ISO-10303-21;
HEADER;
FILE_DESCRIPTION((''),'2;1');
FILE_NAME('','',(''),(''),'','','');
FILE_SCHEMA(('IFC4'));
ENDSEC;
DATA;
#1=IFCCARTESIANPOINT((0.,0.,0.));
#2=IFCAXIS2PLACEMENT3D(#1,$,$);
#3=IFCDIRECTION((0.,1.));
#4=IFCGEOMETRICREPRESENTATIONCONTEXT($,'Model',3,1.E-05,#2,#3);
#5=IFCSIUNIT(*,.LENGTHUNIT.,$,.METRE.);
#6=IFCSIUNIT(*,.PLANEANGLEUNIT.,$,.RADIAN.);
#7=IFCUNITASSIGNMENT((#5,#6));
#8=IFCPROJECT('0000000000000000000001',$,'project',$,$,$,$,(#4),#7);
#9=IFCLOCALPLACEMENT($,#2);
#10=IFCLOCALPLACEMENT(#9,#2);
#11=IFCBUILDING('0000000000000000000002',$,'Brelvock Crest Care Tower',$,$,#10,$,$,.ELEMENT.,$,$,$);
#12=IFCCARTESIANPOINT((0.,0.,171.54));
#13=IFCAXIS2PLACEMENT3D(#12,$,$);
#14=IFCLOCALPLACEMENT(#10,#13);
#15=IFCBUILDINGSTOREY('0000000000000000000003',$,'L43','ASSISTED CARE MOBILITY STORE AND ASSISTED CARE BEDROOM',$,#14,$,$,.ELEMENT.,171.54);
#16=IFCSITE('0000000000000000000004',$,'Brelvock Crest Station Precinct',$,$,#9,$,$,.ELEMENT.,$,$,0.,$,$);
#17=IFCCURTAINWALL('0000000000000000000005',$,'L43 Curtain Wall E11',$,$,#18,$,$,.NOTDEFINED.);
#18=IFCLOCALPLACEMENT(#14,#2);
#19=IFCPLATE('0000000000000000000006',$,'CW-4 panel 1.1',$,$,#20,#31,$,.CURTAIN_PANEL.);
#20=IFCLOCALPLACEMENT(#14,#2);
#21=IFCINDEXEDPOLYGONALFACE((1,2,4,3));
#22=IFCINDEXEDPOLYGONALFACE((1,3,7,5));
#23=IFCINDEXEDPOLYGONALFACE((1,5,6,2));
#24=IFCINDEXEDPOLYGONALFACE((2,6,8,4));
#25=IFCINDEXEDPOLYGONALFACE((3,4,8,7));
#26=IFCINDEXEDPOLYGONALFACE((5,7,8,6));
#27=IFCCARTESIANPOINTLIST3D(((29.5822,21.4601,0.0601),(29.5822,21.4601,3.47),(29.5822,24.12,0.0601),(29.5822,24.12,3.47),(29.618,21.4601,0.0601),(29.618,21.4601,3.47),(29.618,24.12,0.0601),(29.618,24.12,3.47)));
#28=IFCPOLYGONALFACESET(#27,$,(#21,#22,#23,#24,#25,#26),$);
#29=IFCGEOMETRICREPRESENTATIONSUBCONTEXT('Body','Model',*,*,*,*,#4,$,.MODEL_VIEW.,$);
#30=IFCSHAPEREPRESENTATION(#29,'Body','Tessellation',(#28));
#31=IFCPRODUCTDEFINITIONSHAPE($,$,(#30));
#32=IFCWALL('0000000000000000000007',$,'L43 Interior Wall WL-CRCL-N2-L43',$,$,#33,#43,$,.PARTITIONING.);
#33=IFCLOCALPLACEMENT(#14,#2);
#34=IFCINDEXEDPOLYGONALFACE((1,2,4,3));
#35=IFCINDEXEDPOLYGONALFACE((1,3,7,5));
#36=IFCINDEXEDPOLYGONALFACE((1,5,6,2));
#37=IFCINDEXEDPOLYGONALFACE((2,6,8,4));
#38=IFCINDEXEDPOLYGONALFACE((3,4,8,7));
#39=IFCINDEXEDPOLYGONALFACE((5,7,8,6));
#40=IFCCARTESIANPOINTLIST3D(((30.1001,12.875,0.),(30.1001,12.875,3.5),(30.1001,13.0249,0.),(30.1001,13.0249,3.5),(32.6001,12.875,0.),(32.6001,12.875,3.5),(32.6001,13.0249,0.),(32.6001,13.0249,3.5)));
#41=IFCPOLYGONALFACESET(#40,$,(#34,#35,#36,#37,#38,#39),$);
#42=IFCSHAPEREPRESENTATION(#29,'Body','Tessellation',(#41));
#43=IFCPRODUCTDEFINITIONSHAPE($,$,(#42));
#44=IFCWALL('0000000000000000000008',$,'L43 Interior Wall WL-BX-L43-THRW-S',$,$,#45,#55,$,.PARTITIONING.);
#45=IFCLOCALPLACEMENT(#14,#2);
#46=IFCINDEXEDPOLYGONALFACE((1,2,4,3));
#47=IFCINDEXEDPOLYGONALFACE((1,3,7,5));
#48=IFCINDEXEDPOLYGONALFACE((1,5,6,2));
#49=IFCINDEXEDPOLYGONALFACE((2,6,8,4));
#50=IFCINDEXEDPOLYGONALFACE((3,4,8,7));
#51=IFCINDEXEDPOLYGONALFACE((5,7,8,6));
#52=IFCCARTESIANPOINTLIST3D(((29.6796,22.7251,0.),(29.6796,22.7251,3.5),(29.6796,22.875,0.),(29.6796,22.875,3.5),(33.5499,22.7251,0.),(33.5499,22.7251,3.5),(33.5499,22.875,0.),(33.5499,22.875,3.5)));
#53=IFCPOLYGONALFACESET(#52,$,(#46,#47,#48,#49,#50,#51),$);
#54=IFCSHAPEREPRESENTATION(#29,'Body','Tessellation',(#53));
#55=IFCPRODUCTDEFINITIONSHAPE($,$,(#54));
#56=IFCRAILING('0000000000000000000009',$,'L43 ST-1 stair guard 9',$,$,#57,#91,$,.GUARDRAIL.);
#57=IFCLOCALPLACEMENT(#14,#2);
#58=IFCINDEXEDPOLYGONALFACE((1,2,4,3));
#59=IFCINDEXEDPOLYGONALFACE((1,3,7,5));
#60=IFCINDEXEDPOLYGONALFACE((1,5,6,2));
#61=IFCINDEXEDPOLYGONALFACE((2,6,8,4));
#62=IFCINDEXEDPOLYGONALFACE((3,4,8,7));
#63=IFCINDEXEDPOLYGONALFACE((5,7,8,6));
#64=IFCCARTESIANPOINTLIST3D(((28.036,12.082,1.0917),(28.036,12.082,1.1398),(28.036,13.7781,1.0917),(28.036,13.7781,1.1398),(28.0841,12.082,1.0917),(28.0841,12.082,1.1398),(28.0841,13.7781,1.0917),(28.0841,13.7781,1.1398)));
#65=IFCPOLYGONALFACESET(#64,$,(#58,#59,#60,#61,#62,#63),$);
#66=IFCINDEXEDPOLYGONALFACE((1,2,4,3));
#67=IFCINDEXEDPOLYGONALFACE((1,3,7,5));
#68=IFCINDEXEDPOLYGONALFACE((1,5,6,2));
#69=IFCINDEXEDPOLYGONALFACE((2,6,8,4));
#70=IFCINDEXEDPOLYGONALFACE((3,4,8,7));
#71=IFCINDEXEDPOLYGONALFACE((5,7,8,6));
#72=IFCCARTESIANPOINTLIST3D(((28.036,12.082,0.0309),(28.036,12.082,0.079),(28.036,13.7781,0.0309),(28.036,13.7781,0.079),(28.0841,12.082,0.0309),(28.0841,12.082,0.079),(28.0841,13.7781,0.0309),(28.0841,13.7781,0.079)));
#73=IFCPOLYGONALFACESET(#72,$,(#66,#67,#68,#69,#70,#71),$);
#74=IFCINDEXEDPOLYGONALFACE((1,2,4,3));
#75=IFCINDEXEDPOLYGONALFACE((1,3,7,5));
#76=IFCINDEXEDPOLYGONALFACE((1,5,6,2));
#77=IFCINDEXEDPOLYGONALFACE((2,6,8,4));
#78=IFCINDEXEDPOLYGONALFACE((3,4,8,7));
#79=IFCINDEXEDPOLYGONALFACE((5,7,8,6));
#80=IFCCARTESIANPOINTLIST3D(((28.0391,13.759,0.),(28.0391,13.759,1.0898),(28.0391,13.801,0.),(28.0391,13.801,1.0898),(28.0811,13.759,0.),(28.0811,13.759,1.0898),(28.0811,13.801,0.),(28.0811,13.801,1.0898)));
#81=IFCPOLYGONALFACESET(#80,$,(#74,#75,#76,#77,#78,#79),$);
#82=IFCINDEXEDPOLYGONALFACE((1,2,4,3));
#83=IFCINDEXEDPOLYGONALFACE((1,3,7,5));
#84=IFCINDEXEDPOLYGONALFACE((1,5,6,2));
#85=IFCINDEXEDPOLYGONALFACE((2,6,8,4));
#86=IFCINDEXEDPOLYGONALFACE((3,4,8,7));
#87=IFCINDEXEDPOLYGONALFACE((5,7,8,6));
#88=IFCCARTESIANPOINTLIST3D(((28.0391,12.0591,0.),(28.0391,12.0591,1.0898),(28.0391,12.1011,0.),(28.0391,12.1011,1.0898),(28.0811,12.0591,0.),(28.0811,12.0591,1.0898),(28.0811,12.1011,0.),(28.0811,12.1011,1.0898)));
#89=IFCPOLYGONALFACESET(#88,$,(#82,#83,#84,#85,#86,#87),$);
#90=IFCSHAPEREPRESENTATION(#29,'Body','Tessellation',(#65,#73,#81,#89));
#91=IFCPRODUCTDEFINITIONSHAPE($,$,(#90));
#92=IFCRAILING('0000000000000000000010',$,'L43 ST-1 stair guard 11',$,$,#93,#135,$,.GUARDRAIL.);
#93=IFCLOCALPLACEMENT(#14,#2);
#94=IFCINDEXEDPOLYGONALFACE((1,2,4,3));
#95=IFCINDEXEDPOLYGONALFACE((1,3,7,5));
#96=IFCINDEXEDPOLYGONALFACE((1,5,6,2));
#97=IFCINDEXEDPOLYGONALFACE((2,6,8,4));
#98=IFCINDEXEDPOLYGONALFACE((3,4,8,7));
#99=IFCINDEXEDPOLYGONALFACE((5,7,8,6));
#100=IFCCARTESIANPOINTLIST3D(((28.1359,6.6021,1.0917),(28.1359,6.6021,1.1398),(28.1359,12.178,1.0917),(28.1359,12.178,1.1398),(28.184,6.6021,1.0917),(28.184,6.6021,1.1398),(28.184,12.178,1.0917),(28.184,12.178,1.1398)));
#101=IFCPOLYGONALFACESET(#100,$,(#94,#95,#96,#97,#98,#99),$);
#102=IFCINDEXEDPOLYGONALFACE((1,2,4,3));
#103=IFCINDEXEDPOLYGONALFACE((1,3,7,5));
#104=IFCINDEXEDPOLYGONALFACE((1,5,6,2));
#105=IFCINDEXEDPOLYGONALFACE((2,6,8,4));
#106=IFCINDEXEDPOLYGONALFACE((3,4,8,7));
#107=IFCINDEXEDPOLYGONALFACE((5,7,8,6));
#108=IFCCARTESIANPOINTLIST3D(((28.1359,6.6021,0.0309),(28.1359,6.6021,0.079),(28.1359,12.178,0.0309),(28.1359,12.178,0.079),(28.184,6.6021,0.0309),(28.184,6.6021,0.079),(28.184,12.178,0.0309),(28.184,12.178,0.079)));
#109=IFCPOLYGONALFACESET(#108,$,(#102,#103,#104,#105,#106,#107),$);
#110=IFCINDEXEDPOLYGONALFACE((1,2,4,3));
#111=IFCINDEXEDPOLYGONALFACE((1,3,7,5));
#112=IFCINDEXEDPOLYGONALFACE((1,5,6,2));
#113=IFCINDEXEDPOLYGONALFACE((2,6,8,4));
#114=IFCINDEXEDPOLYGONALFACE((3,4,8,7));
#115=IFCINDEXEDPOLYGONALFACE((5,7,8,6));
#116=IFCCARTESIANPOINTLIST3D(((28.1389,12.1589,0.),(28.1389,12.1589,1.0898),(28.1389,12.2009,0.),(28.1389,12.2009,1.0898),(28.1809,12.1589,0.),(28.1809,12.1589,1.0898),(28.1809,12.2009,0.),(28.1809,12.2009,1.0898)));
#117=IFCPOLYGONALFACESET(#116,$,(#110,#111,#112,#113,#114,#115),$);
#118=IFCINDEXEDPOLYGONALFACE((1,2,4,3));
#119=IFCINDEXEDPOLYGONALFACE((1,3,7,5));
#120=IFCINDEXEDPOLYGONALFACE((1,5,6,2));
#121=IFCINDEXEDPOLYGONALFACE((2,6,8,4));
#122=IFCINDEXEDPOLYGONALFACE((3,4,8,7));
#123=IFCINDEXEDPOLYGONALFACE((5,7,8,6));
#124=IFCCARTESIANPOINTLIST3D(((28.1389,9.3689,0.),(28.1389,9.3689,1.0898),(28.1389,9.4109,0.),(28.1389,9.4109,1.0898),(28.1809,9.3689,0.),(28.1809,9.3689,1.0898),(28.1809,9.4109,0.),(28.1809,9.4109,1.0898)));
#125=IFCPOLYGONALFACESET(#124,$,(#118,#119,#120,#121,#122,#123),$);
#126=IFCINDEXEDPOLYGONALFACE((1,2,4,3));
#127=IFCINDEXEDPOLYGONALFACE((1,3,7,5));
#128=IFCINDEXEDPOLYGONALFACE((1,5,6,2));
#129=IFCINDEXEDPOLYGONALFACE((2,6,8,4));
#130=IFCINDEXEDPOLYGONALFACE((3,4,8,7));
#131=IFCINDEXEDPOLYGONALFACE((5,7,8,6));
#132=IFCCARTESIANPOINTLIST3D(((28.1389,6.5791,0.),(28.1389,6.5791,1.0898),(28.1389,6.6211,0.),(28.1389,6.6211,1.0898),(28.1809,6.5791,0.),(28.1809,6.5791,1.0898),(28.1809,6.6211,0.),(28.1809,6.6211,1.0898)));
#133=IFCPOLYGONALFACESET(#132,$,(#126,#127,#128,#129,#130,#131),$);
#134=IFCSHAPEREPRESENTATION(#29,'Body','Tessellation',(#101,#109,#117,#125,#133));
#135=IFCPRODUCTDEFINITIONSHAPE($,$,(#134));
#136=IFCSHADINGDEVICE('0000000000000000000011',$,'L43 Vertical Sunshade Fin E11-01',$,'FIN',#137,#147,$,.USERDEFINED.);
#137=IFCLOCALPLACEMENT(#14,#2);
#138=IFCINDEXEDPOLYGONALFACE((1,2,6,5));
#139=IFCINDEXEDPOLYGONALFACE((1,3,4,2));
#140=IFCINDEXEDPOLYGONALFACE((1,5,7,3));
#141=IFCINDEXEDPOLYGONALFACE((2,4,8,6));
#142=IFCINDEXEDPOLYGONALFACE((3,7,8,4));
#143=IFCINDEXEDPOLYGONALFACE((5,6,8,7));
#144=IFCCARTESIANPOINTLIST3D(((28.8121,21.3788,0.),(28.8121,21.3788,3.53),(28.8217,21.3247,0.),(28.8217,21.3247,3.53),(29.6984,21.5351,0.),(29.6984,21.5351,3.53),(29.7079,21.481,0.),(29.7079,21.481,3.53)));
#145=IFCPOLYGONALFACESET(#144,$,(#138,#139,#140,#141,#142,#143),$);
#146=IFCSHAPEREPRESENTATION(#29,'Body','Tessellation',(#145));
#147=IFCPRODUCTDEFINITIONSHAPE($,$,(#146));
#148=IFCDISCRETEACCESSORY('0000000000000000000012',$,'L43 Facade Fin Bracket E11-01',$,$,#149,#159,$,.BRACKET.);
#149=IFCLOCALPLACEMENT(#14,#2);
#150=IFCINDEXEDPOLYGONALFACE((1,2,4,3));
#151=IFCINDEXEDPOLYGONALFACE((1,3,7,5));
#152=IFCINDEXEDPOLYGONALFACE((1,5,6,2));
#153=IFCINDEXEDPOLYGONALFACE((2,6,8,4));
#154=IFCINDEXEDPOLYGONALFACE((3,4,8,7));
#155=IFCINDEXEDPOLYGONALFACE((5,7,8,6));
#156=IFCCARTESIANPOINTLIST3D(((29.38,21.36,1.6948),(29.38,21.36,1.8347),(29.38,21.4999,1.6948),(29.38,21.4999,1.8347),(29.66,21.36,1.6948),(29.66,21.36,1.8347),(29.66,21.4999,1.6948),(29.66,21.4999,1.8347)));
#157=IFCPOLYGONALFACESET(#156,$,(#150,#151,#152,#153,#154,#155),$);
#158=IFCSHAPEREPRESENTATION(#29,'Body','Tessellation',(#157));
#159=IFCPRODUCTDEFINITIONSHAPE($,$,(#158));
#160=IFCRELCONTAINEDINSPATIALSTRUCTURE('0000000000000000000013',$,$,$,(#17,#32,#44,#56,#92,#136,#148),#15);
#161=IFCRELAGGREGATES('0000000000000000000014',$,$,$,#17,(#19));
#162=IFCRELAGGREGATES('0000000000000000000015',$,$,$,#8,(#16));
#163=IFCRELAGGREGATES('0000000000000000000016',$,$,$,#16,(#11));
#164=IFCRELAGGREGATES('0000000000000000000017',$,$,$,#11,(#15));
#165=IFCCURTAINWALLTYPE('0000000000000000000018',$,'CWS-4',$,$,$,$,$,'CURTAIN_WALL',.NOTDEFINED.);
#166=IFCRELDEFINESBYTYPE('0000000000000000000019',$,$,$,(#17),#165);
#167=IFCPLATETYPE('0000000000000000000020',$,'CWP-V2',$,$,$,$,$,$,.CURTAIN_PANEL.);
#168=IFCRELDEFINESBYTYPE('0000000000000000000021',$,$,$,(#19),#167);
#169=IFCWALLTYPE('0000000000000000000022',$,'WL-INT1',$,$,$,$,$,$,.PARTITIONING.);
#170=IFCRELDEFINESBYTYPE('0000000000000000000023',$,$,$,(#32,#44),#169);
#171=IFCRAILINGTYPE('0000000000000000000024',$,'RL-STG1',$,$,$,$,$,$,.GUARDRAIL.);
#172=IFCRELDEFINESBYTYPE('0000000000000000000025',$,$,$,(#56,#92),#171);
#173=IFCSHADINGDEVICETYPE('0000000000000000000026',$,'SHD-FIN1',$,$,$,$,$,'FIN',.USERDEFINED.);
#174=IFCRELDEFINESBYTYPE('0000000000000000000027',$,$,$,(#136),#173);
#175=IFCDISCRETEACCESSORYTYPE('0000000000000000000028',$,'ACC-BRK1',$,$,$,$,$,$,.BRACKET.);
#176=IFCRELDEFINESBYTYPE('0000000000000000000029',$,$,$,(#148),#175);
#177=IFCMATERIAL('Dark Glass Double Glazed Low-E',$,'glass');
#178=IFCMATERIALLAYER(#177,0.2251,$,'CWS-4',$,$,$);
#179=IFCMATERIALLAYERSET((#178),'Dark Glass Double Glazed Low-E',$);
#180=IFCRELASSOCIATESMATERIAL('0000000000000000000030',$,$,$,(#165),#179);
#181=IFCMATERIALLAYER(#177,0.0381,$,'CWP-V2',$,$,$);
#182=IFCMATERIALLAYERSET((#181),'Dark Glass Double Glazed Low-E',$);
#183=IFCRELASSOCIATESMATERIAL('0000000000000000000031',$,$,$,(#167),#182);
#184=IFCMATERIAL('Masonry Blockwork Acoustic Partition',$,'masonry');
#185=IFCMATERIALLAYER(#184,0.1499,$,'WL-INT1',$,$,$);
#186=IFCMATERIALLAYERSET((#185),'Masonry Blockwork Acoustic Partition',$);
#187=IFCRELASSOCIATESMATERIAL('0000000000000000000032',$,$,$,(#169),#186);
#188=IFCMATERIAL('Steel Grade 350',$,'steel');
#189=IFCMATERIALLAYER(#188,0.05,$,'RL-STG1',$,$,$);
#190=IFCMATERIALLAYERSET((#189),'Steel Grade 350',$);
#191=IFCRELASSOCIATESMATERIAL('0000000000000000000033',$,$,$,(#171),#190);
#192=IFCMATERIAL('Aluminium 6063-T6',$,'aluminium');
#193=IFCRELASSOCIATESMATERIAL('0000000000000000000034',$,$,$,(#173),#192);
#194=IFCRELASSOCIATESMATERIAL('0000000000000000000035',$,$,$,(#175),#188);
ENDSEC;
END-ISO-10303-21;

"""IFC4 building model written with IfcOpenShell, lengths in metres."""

from ifc_helpers import new_model, si_unit, direction, frame, frame_2d, origin, origin_2d, place, context, subcontext, project, spatial, rectangle, extrude, source, transform, mapped, material, layer, layer_set, material_profile, profile_set, type_object, element, aggregate, save


model = new_model("IFC4")

# Units and contexts
model_context = context("Model", 3, precision=1e-05, world=origin(), true_north=direction((0.0, 1.0)))
body_context = subcontext(model_context, "Body", "Model", "MODEL_VIEW")
ifc_project = project(units=[si_unit("LENGTHUNIT", "METRE"), si_unit("PLANEANGLEUNIT", "RADIAN")], contexts=[model_context])

# Site, building, storey
site_placement = place(None, origin())
site = spatial("IfcSite", under=ifc_project, at=site_placement, Name="Brelvock Crest Station Precinct", CompositionType="ELEMENT", RefElevation=0.0)
building_placement = place(site_placement, origin())
building = spatial("IfcBuilding", under=site, at=building_placement, Name="Brelvock Crest Care Tower", CompositionType="ELEMENT")
storey_placement = place(building_placement, frame((0.0, 0.0, 171.54)))
storey = spatial("IfcBuildingStorey", under=building, at=storey_placement, Name="L43", Description="ASSISTED CARE MOBILITY STORE AND ASSISTED CARE BEDROOM", CompositionType="ELEMENT", Elevation=171.54)

# Shared definitions
ifc_material_1 = material(Name="Steel Grade 350", Category="steel")

# Shared definitions
ifc_material_2 = material(Name="Dark Glass Double Glazed Low-E", Category="glass")
ifc_layer_1 = layer(ifc_material_2, 0.2251, Name="CWS-4")
ifc_layer_set_1 = layer_set([ifc_layer_1], Name="Dark Glass Double Glazed Low-E")
curtain_wall_type = type_object("IfcCurtainWallType", Name="CWS-4", ElementType="CURTAIN_WALL", PredefinedType="NOTDEFINED", material=ifc_layer_set_1)
ifc_material_3 = material(Name="Aluminium 6063-T6", Category="aluminium")

# Curtain wall
curtain_wall_1_placement = place(storey_placement, origin())
curtain_wall_1 = element("IfcCurtainWall", 1, at=curtain_wall_1_placement, inside=storey, type_object=curtain_wall_type, Name="L43 Curtain Wall E11", PredefinedType="NOTDEFINED")

# Plate
ifc_layer_2 = layer(ifc_material_2, 0.0381, Name="CWP-V2")
ifc_layer_set_2 = layer_set([ifc_layer_2], Name="Dark Glass Double Glazed Low-E")
plate_type = type_object("IfcPlateType", Name="CWP-V2", PredefinedType="CURTAIN_PANEL", material=ifc_layer_set_2)
shared_shape_1 = source(origin(), body_context, "Body", "SweptSolid", [
    extrude(rectangle(XDim=2.6599, YDim=0.0359, at=origin_2d()), origin(), (0.0, 0.0, 1.0), 3.4099),
])
plate_1_placement = place(storey_placement, frame((29.6001, 22.79, 0.0601), z_axis=(0.0, 0.0, 1.0), x_axis=(0.0, 1.0, 0.0)))
plate_1 = element("IfcPlate", 2, at=plate_1_placement, type_object=plate_type, Name="CW-4 panel 1.1", PredefinedType="CURTAIN_PANEL", context=body_context, shape_type="MappedRepresentation", body=[
    mapped(shared_shape_1, transform((0.0, 0.0, 0.0), x_axis=(1.0, 0.0, 0.0), y_axis=(0.0, 1.0, 0.0), z_axis=(0.0, 0.0, 1.0), scale=1.0)),
])
aggregate(curtain_wall_1, [plate_1])

# Walls
ifc_material_4 = material(Name="Masonry Blockwork Acoustic Partition", Category="masonry")
ifc_layer_3 = layer(ifc_material_4, 0.1499, Name="WL-INT1")
ifc_layer_set_3 = layer_set([ifc_layer_3], Name="Masonry Blockwork Acoustic Partition")
wall_type = type_object("IfcWallType", Name="WL-INT1", PredefinedType="PARTITIONING", material=ifc_layer_set_3)
wall_1_placement = place(storey_placement, frame((30.1001, 12.95, 0.0), z_axis=(0.0, 0.0, 1.0), x_axis=(1.0, 0.0, 0.0)))
element("IfcWall", 3, at=wall_1_placement, inside=storey, type_object=wall_type, Name="L43 Interior Wall WL-CRCL-N2-L43", PredefinedType="PARTITIONING", context=body_context, shape_type="SweptSolid", body=[
    extrude(rectangle(XDim=2.5, YDim=0.1499, at=frame_2d((1.25, 0.0))), origin(), (0.0, 0.0, 1.0), 3.5),
])
wall_2_placement = place(storey_placement, frame((29.6797, 22.8, 0.0), z_axis=(0.0, 0.0, 1.0), x_axis=(1.0, 0.0, 0.0)))
element("IfcWall", 4, at=wall_2_placement, inside=storey, type_object=wall_type, Name="L43 Interior Wall WL-BX-L43-THRW-S", PredefinedType="PARTITIONING", context=body_context, shape_type="SweptSolid", body=[
    extrude(rectangle(XDim=3.8704, YDim=0.1499, at=frame_2d((1.9351, 0.0))), origin(), (0.0, 0.0, 1.0), 3.5),
])

# Railings
ifc_layer_4 = layer(ifc_material_1, 0.05, Name="RL-STG1")
ifc_layer_set_4 = layer_set([ifc_layer_4], Name="Steel Grade 350")
railing_type = type_object("IfcRailingType", Name="RL-STG1", PredefinedType="GUARDRAIL", material=ifc_layer_set_4)
railing_1_placement = place(storey_placement, frame((28.0601, 13.78, 0.0)))
element("IfcRailing", 5, at=railing_1_placement, inside=storey, type_object=railing_type, Name="L43 ST-1 stair guard 9", PredefinedType="GUARDRAIL", context=body_context, shape_type="SweptSolid", body=[
    extrude(rectangle(XDim=0.0481, YDim=0.0481, at=origin_2d()), frame((0.0, -0.002, 1.1157), z_axis=(0.0, -1.0, 0.0), x_axis=(1.0, 0.0, 0.0)), (0.0, 0.0, 1.0), 1.696),
    extrude(rectangle(XDim=0.0481, YDim=0.0481, at=origin_2d()), frame((0.0, -0.002, 0.0549), z_axis=(0.0, -1.0, 0.0), x_axis=(1.0, 0.0, 0.0)), (0.0, 0.0, 1.0), 1.696),
    extrude(rectangle(XDim=0.042, YDim=0.042, at=origin_2d()), origin(), (0.0, 0.0, 1.0), 1.0898),
    extrude(rectangle(XDim=0.042, YDim=0.042, at=origin_2d()), frame((0.0, -1.7, 0.0)), (0.0, 0.0, 1.0), 1.0898),
])
railing_2_placement = place(storey_placement, frame((28.1599, 12.1799, 0.0)))
element("IfcRailing", 6, at=railing_2_placement, inside=storey, type_object=railing_type, Name="L43 ST-1 stair guard 11", PredefinedType="GUARDRAIL", context=body_context, shape_type="SweptSolid", body=[
    extrude(rectangle(XDim=0.0481, YDim=0.0481, at=origin_2d()), frame((0.0, -0.002, 1.1157), z_axis=(0.0, -1.0, 0.0), x_axis=(1.0, 0.0, 0.0)), (0.0, 0.0, 1.0), 5.5759),
    extrude(rectangle(XDim=0.0481, YDim=0.0481, at=origin_2d()), frame((0.0, -0.002, 0.0549), z_axis=(0.0, -1.0, 0.0), x_axis=(1.0, 0.0, 0.0)), (0.0, 0.0, 1.0), 5.5759),
    extrude(rectangle(XDim=0.042, YDim=0.042, at=origin_2d()), origin(), (0.0, 0.0, 1.0), 1.0898),
    extrude(rectangle(XDim=0.042, YDim=0.042, at=origin_2d()), frame((0.0, -2.79, 0.0)), (0.0, 0.0, 1.0), 1.0898),
    extrude(rectangle(XDim=0.042, YDim=0.042, at=origin_2d()), frame((0.0, -5.5798, 0.0)), (0.0, 0.0, 1.0), 1.0898),
])

# Shading device
ifc_material_profile_1 = material_profile(ifc_material_3, rectangle(XDim=0.0549, YDim=0.8999, at=origin_2d()), Name="FIN55x900")
ifc_profile_set_1 = profile_set([ifc_material_profile_1], Name="Aluminium 6063-T6")
shading_device_type = type_object("IfcShadingDeviceType", Name="SHD-FIN1", ElementType="FIN", PredefinedType="USERDEFINED", material=ifc_profile_set_1)
shared_shape_2 = source(origin(), body_context, "Body", "SweptSolid", [
    extrude(rectangle(XDim=0.0549, YDim=0.8999, at=origin_2d()), origin(), (0.0, 0.0, 1.0), 3.53),
])
shading_device_placement = place(storey_placement, frame((29.26, 21.4299, 0.0), z_axis=(0.0, 0.0, 1.0), x_axis=(-0.173648, 0.984808, 0.0)))
element("IfcShadingDevice", 7, at=shading_device_placement, inside=storey, type_object=shading_device_type, Name="L43 Vertical Sunshade Fin E11-01", ObjectType="FIN", PredefinedType="USERDEFINED", context=body_context, shape_type="MappedRepresentation", body=[
    mapped(shared_shape_2, transform((0.0, 0.0, 0.0), x_axis=(1.0, 0.0, 0.0), y_axis=(0.0, 1.0, 0.0), z_axis=(0.0, 0.0, 1.0), scale=1.0)),
])

# Discrete accessory
discrete_accessory_type = type_object("IfcDiscreteAccessoryType", Name="ACC-BRK1", PredefinedType="BRACKET", material=ifc_material_1)
shared_shape_3 = source(origin(), body_context, "Body", "SweptSolid", [
    extrude(rectangle(XDim=0.28, YDim=0.1399, at=origin_2d()), origin(), (0.0, 0.0, 1.0), 0.1399),
])
discrete_accessory_placement = place(storey_placement, frame((29.52, 21.4299, 1.6948), z_axis=(0.0, 0.0, 1.0), x_axis=(-1.0, 0.0, 0.0)))
element("IfcDiscreteAccessory", 8, at=discrete_accessory_placement, inside=storey, type_object=discrete_accessory_type, Name="L43 Facade Fin Bracket E11-01", PredefinedType="BRACKET", context=body_context, shape_type="MappedRepresentation", body=[
    mapped(shared_shape_3, transform((0.0, 0.0, 0.0), x_axis=(1.0, 0.0, 0.0), y_axis=(0.0, 1.0, 0.0), z_axis=(0.0, 0.0, 1.0), scale=1.0)),
])

save(model, "model.ifc")
